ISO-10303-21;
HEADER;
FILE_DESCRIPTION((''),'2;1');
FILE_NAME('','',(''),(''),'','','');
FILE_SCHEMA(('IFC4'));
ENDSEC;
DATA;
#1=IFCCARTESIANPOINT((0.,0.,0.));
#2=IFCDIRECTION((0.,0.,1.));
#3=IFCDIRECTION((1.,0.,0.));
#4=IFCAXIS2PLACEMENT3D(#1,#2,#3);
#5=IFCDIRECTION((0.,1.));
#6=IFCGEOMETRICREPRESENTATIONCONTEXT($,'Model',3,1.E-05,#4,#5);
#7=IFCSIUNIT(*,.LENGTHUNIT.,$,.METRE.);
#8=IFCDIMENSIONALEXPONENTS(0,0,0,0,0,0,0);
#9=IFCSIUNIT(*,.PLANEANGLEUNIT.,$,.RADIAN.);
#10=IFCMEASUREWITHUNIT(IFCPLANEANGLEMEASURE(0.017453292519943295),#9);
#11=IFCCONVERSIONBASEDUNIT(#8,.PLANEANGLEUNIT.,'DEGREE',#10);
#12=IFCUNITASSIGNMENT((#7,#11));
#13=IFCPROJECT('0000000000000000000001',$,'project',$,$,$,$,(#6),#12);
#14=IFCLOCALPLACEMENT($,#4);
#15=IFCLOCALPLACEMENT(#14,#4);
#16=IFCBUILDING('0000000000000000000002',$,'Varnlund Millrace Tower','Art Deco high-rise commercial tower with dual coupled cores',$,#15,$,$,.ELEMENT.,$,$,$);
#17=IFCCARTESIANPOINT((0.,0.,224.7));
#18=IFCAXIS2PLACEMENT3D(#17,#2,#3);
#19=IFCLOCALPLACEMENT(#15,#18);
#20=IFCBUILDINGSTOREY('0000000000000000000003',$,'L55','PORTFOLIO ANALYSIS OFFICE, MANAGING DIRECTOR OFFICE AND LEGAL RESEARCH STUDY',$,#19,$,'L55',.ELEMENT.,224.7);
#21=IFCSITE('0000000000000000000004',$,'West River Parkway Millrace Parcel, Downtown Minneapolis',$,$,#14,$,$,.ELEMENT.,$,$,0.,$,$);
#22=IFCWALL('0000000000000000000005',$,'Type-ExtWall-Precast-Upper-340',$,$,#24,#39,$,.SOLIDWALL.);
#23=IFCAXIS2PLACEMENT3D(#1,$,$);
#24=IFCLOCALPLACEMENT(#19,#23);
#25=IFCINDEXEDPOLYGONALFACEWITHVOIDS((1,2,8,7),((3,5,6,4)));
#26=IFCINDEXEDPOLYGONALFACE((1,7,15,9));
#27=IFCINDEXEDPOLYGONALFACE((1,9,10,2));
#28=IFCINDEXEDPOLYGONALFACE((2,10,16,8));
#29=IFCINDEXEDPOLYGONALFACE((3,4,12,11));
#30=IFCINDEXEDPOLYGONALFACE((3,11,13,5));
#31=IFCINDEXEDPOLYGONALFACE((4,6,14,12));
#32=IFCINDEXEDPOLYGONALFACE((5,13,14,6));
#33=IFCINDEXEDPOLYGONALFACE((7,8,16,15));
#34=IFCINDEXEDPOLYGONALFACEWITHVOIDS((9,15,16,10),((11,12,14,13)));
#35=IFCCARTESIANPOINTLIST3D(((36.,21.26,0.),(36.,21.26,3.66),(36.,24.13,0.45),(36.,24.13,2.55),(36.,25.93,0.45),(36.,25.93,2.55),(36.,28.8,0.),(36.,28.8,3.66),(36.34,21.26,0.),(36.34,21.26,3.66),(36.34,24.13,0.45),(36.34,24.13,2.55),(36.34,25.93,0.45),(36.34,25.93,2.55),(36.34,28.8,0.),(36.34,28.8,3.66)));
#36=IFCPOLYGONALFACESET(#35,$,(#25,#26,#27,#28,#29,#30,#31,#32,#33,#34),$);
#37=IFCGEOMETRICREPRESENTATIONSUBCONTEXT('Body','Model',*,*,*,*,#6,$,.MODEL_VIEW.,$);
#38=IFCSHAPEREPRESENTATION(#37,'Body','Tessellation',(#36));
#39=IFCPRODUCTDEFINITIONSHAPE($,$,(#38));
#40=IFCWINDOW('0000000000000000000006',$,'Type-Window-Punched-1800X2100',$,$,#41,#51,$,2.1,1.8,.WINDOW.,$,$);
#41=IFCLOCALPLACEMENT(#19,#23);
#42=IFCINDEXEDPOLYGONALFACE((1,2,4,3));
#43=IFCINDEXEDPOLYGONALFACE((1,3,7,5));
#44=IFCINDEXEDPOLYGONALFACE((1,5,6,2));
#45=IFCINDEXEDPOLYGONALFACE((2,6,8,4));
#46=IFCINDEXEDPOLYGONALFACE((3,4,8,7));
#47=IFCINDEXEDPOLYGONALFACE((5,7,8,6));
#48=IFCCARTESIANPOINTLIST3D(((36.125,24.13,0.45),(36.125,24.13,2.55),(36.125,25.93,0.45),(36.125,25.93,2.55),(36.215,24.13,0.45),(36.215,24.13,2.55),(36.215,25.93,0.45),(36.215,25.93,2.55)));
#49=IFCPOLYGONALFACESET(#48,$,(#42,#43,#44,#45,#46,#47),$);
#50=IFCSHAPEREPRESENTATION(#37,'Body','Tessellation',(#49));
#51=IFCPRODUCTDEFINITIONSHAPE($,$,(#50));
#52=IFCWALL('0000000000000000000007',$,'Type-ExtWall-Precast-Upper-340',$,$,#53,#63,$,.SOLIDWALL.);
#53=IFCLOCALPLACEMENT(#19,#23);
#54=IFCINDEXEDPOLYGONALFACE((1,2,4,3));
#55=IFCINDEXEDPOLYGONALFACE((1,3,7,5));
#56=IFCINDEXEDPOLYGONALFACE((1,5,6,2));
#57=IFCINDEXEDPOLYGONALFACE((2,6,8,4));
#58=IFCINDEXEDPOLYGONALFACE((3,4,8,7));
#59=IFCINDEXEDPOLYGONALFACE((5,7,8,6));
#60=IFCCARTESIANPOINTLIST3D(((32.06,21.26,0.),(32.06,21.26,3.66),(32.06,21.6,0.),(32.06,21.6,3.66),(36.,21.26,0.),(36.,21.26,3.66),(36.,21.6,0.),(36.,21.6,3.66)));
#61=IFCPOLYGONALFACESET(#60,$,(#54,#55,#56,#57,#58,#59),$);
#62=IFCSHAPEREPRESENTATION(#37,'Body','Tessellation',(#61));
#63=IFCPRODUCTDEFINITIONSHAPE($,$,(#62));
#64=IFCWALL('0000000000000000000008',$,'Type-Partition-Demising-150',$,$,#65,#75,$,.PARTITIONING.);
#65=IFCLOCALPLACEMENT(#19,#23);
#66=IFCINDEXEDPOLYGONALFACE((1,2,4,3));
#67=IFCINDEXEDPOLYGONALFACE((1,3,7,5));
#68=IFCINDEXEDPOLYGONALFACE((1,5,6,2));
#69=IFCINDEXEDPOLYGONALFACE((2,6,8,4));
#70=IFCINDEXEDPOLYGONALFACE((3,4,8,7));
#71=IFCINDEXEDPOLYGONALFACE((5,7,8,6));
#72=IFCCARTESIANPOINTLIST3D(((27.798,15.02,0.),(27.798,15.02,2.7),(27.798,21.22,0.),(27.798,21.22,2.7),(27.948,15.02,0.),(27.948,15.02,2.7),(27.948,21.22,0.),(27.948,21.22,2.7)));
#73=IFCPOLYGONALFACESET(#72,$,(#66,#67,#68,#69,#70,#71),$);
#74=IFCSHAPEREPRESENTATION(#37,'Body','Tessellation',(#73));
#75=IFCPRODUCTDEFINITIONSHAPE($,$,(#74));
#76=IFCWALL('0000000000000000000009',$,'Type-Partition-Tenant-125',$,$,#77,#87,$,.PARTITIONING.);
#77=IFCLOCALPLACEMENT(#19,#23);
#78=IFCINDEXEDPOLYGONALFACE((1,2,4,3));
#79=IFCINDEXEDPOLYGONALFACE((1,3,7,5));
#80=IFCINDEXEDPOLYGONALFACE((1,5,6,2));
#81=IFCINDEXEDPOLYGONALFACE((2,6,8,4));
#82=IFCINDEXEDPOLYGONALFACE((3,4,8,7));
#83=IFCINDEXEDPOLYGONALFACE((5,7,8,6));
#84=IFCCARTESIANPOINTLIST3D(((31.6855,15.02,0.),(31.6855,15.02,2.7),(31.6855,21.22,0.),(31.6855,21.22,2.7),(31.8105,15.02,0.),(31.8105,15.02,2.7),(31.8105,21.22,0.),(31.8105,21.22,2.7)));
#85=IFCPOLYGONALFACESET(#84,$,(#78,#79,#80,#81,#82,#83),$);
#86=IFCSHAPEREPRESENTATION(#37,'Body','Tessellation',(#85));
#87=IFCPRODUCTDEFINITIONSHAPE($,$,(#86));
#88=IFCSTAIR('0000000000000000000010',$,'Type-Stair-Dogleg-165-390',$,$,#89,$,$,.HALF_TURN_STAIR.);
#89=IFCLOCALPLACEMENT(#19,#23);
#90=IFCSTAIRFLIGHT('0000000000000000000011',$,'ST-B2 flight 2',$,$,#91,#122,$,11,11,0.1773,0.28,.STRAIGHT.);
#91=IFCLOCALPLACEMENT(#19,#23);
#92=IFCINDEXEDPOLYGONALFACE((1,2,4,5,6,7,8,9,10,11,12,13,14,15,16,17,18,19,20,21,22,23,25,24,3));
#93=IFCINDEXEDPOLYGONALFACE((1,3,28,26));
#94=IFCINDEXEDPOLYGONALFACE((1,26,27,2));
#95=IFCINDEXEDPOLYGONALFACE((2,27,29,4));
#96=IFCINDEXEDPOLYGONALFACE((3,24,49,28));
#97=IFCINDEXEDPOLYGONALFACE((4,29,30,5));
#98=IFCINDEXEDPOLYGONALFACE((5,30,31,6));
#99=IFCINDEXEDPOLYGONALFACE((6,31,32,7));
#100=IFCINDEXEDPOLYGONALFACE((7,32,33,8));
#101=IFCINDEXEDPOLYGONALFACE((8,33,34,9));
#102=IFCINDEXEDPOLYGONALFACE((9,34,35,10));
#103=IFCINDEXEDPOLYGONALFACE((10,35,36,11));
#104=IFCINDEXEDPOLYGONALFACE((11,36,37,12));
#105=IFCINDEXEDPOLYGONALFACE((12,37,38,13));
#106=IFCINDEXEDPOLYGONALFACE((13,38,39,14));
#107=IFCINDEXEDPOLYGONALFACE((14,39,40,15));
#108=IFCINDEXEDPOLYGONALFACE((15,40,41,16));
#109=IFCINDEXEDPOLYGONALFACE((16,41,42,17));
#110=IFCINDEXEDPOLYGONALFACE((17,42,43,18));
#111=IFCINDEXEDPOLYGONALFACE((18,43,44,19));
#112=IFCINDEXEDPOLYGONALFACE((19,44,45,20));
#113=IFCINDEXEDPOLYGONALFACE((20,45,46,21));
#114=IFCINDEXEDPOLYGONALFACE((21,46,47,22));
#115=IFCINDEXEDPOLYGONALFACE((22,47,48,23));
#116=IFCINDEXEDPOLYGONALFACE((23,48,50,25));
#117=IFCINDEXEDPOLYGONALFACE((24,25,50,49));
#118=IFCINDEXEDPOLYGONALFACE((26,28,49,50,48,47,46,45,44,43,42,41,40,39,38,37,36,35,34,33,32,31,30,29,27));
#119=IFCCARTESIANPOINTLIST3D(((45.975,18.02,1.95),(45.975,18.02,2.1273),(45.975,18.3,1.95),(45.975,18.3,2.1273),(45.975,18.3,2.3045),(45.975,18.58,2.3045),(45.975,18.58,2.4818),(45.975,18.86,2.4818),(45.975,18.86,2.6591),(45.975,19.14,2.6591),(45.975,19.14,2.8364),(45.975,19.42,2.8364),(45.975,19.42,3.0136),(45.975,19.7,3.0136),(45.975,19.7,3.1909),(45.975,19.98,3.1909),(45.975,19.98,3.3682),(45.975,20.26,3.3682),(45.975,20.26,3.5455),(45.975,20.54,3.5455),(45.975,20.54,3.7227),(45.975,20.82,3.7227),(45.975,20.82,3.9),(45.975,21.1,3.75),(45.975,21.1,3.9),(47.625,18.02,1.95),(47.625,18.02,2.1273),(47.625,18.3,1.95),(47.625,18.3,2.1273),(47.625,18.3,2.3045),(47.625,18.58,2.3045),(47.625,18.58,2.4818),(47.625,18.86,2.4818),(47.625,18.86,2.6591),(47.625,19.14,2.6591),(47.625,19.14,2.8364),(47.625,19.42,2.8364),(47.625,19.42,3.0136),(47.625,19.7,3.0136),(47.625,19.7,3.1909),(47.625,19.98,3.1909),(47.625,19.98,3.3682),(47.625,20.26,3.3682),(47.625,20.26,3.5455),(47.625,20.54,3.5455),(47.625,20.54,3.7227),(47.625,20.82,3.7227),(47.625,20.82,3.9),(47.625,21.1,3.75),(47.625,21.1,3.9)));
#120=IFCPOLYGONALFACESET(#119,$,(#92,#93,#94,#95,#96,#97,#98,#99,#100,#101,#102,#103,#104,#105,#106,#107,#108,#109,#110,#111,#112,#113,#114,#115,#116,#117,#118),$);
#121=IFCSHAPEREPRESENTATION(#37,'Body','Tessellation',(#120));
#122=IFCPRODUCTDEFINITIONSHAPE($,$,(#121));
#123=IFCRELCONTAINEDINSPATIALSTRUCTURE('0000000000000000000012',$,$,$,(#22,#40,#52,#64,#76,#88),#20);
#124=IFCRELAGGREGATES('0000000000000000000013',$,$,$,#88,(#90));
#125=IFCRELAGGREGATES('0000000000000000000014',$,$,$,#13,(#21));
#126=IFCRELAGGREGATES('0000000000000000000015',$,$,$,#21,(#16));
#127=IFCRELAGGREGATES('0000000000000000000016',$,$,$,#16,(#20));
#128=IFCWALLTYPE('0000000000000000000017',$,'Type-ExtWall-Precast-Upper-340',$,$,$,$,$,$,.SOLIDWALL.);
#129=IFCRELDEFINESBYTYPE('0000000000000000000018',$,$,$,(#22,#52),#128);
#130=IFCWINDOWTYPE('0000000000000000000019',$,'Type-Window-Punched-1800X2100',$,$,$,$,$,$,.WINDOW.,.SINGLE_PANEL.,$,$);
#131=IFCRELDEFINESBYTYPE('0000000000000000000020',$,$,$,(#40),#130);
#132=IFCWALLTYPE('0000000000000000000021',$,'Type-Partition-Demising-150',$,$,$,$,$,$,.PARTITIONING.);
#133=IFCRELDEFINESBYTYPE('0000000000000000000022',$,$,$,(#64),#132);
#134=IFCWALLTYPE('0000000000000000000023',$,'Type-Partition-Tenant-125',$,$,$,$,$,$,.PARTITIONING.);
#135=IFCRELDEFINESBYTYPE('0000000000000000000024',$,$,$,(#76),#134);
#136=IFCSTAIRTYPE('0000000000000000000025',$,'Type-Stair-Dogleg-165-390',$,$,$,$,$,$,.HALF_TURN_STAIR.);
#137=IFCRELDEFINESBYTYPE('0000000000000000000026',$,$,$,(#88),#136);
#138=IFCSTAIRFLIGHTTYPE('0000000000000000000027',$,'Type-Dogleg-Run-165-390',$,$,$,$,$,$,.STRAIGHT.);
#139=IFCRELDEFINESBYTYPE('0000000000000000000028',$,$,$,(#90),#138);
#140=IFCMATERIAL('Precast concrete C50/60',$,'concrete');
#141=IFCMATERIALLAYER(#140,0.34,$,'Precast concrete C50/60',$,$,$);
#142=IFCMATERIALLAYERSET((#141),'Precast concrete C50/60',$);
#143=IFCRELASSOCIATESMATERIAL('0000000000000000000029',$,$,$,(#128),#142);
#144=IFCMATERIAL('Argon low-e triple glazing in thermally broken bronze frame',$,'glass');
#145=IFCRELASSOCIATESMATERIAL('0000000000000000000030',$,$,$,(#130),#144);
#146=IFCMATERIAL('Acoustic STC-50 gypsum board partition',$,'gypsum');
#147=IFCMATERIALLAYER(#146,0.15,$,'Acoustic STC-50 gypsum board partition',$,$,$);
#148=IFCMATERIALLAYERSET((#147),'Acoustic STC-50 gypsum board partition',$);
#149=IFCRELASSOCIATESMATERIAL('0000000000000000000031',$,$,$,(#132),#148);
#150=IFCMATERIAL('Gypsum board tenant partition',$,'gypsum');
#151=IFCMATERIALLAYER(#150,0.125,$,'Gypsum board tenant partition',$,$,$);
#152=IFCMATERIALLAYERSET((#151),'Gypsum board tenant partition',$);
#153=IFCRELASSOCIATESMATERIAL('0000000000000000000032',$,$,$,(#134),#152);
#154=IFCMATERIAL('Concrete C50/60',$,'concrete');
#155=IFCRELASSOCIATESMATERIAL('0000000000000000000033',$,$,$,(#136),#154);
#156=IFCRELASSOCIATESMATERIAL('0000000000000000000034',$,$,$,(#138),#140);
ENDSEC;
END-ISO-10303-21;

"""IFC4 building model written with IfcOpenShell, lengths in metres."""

from ifc_helpers import new_model, entity, si_unit, converted_unit, direction, frame, origin_with_axes, origin_2d_with_axis, place, context, subcontext, project, spatial, polyline, rectangle, outline, extrude, material, layer, layer_set, type_object, element, fill, aggregate, save


model = new_model("IFC4")

# Units and contexts
model_context = context("Model", 3, precision=1e-05, world=origin_with_axes(), true_north=direction((0.0, 1.0)))
body_context = subcontext(model_context, "Body", "Model", "MODEL_VIEW")
ifc_project = project(units=[si_unit("LENGTHUNIT", "METRE"), converted_unit("PLANEANGLEUNIT", "DEGREE", entity("IfcPlaneAngleMeasure", 0.017453292519943295), si_unit("PLANEANGLEUNIT", "RADIAN"), dimensions=[0, 0, 0, 0, 0, 0, 0])], contexts=[model_context])

# Site, building, storey
site_placement = place(None, origin_with_axes())
site = spatial("IfcSite", under=ifc_project, at=site_placement, Name="West River Parkway Millrace Parcel, Downtown Minneapolis", CompositionType="ELEMENT", RefElevation=0.0)
building_placement = place(site_placement, origin_with_axes())
building = spatial("IfcBuilding", under=site, at=building_placement, Name="Varnlund Millrace Tower", Description="Art Deco high-rise commercial tower with dual coupled cores", CompositionType="ELEMENT")
storey_placement = place(building_placement, frame((0.0, 0.0, 224.7), z_axis=(0.0, 0.0, 1.0), x_axis=(1.0, 0.0, 0.0)))
storey = spatial("IfcBuildingStorey", under=building, at=storey_placement, Name="L55", Description="PORTFOLIO ANALYSIS OFFICE, MANAGING DIRECTOR OFFICE AND LEGAL RESEARCH STUDY", LongName="L55", CompositionType="ELEMENT", Elevation=224.7)

# Wall, opening, window
ifc_material_1 = material(Name="Precast concrete C50/60", Category="concrete")
ifc_layer_1 = layer(ifc_material_1, 0.34, Name="Precast concrete C50/60")
ifc_layer_set_1 = layer_set([ifc_layer_1], Name="Precast concrete C50/60")
wall_type_1 = type_object("IfcWallType", Name="Type-ExtWall-Precast-Upper-340", PredefinedType="SOLIDWALL", material=ifc_layer_set_1)
wall_1_placement = place(storey_placement, frame((36.17, 21.26, 0.0), z_axis=(0.0, 0.0, 1.0), x_axis=(0.0, 1.0, 0.0)))
wall_1 = element("IfcWall", 1, at=wall_1_placement, inside=storey, type_object=wall_type_1, Name="Type-ExtWall-Precast-Upper-340", PredefinedType="SOLIDWALL", context=body_context, shape_type="SweptSolid", body=[
    extrude(outline(polyline([(0.0, -0.17), (7.54, -0.17), (7.54, 0.17), (0.0, 0.17), (0.0, -0.17)])), origin_with_axes(), (0.0, 0.0, 1.0), 3.66),
])
opening_1_placement = place(wall_1_placement, frame((3.77, 0.0, 0.45), z_axis=(0.0, 0.0, 1.0), x_axis=(1.0, 0.0, 0.0)))
opening_1 = element("IfcOpeningElement", 2, at=opening_1_placement, cuts=wall_1, PredefinedType="OPENING", context=body_context, shape_type="SweptSolid", body=[
    extrude(rectangle(XDim=1.8, YDim=0.36, at=origin_2d_with_axis()), origin_with_axes(), (0.0, 0.0, 1.0), 2.1),
])
ifc_material_2 = material(Name="Argon low-e triple glazing in thermally broken bronze frame", Category="glass")
window_type = type_object("IfcWindowType", Name="Type-Window-Punched-1800X2100", PartitioningType="SINGLE_PANEL", PredefinedType="WINDOW", material=ifc_material_2)
window_placement = place(wall_1_placement, frame((3.77, 0.0, 0.45), z_axis=(0.0, 0.0, 1.0), x_axis=(1.0, 0.0, 0.0)))
window = element("IfcWindow", 3, at=window_placement, inside=storey, type_object=window_type, Name="Type-Window-Punched-1800X2100", OverallHeight=2.1, OverallWidth=1.8, PredefinedType="WINDOW", context=body_context, shape_type="SweptSolid", body=[
    extrude(rectangle(XDim=1.8, YDim=0.09, at=origin_2d_with_axis()), origin_with_axes(), (0.0, 0.0, 1.0), 2.1),
])
fill(opening_1, window)

# Wall
wall_2_placement = place(storey_placement, frame((32.06, 21.43, 0.0), z_axis=(0.0, 0.0, 1.0), x_axis=(1.0, 0.0, 0.0)))
element("IfcWall", 4, at=wall_2_placement, inside=storey, type_object=wall_type_1, Name="Type-ExtWall-Precast-Upper-340", PredefinedType="SOLIDWALL", context=body_context, shape_type="SweptSolid", body=[
    extrude(outline(polyline([(0.0, -0.17), (3.94, -0.17), (3.94, 0.17), (0.0, 0.17), (0.0, -0.17)])), origin_with_axes(), (0.0, 0.0, 1.0), 3.66),
])

# Walls
ifc_material_3 = material(Name="Acoustic STC-50 gypsum board partition", Category="gypsum")
ifc_layer_2 = layer(ifc_material_3, 0.15, Name="Acoustic STC-50 gypsum board partition")
ifc_layer_set_2 = layer_set([ifc_layer_2], Name="Acoustic STC-50 gypsum board partition")
wall_type_2 = type_object("IfcWallType", Name="Type-Partition-Demising-150", PredefinedType="PARTITIONING", material=ifc_layer_set_2)
wall_3_placement = place(storey_placement, frame((27.873, 15.02, 0.0), z_axis=(0.0, 0.0, 1.0), x_axis=(0.0, 1.0, 0.0)))
element("IfcWall", 5, at=wall_3_placement, inside=storey, type_object=wall_type_2, Name="Type-Partition-Demising-150", PredefinedType="PARTITIONING", context=body_context, shape_type="SweptSolid", body=[
    extrude(outline(polyline([(0.0, -0.075), (6.2, -0.075), (6.2, 0.075), (0.0, 0.075), (0.0, -0.075)])), origin_with_axes(), (0.0, 0.0, 1.0), 2.7),
])
ifc_material_4 = material(Name="Gypsum board tenant partition", Category="gypsum")
ifc_layer_3 = layer(ifc_material_4, 0.125, Name="Gypsum board tenant partition")
ifc_layer_set_3 = layer_set([ifc_layer_3], Name="Gypsum board tenant partition")
wall_type_3 = type_object("IfcWallType", Name="Type-Partition-Tenant-125", PredefinedType="PARTITIONING", material=ifc_layer_set_3)
wall_4_placement = place(storey_placement, frame((31.748, 15.02, 0.0), z_axis=(0.0, 0.0, 1.0), x_axis=(0.0, 1.0, 0.0)))
element("IfcWall", 6, at=wall_4_placement, inside=storey, type_object=wall_type_3, Name="Type-Partition-Tenant-125", PredefinedType="PARTITIONING", context=body_context, shape_type="SweptSolid", body=[
    extrude(outline(polyline([(0.0, -0.0625), (6.2, -0.0625), (6.2, 0.0625), (0.0, 0.0625), (0.0, -0.0625)])), origin_with_axes(), (0.0, 0.0, 1.0), 2.7),
])

# Stair, stair flight
ifc_material_5 = material(Name="Concrete C50/60", Category="concrete")
stair_type = type_object("IfcStairType", Name="Type-Stair-Dogleg-165-390", PredefinedType="HALF_TURN_STAIR", material=ifc_material_5)
stair_placement = place(storey_placement, origin_with_axes())
stair = element("IfcStair", 7, at=stair_placement, inside=storey, type_object=stair_type, Name="Type-Stair-Dogleg-165-390", PredefinedType="HALF_TURN_STAIR")
stair_flight_type = type_object("IfcStairFlightType", Name="Type-Dogleg-Run-165-390", PredefinedType="STRAIGHT", material=ifc_material_1)
stair_flight_placement = place(storey_placement, frame((45.975, 18.02, 1.95), z_axis=(1.0, 0.0, 0.0), x_axis=(0.0, 1.0, 0.0)))
stair_flight = element("IfcStairFlight", 8, at=stair_flight_placement, type_object=stair_flight_type, Name="ST-B2 flight 2", NumberOfRisers=11, NumberOfTreads=11, PredefinedType="STRAIGHT", RiserHeight=0.1773, TreadLength=0.28, context=body_context, shape_type="SweptSolid", body=[
    extrude(outline(polyline([(0.0, 0.0), (0.0, 0.1773), (0.28, 0.1773), (0.28, 0.3545), (0.56, 0.3545), (0.56, 0.5318), (0.84, 0.5318), (0.84, 0.7091), (1.12, 0.7091), (1.12, 0.8864), (1.4, 0.8864), (1.4, 1.0636), (1.68, 1.0636), (1.68, 1.2409), (1.96, 1.2409), (1.96, 1.4182), (2.24, 1.4182), (2.24, 1.5955), (2.52, 1.5955), (2.52, 1.7727), (2.8, 1.7727), (2.8, 1.95), (3.08, 1.95), (3.08, 1.8), (0.28, 0.0), (0.0, 0.0)])), origin_with_axes(), (0.0, 0.0, 1.0), 1.65),
])
aggregate(stair, [stair_flight])

save(model, "model.ifc")
